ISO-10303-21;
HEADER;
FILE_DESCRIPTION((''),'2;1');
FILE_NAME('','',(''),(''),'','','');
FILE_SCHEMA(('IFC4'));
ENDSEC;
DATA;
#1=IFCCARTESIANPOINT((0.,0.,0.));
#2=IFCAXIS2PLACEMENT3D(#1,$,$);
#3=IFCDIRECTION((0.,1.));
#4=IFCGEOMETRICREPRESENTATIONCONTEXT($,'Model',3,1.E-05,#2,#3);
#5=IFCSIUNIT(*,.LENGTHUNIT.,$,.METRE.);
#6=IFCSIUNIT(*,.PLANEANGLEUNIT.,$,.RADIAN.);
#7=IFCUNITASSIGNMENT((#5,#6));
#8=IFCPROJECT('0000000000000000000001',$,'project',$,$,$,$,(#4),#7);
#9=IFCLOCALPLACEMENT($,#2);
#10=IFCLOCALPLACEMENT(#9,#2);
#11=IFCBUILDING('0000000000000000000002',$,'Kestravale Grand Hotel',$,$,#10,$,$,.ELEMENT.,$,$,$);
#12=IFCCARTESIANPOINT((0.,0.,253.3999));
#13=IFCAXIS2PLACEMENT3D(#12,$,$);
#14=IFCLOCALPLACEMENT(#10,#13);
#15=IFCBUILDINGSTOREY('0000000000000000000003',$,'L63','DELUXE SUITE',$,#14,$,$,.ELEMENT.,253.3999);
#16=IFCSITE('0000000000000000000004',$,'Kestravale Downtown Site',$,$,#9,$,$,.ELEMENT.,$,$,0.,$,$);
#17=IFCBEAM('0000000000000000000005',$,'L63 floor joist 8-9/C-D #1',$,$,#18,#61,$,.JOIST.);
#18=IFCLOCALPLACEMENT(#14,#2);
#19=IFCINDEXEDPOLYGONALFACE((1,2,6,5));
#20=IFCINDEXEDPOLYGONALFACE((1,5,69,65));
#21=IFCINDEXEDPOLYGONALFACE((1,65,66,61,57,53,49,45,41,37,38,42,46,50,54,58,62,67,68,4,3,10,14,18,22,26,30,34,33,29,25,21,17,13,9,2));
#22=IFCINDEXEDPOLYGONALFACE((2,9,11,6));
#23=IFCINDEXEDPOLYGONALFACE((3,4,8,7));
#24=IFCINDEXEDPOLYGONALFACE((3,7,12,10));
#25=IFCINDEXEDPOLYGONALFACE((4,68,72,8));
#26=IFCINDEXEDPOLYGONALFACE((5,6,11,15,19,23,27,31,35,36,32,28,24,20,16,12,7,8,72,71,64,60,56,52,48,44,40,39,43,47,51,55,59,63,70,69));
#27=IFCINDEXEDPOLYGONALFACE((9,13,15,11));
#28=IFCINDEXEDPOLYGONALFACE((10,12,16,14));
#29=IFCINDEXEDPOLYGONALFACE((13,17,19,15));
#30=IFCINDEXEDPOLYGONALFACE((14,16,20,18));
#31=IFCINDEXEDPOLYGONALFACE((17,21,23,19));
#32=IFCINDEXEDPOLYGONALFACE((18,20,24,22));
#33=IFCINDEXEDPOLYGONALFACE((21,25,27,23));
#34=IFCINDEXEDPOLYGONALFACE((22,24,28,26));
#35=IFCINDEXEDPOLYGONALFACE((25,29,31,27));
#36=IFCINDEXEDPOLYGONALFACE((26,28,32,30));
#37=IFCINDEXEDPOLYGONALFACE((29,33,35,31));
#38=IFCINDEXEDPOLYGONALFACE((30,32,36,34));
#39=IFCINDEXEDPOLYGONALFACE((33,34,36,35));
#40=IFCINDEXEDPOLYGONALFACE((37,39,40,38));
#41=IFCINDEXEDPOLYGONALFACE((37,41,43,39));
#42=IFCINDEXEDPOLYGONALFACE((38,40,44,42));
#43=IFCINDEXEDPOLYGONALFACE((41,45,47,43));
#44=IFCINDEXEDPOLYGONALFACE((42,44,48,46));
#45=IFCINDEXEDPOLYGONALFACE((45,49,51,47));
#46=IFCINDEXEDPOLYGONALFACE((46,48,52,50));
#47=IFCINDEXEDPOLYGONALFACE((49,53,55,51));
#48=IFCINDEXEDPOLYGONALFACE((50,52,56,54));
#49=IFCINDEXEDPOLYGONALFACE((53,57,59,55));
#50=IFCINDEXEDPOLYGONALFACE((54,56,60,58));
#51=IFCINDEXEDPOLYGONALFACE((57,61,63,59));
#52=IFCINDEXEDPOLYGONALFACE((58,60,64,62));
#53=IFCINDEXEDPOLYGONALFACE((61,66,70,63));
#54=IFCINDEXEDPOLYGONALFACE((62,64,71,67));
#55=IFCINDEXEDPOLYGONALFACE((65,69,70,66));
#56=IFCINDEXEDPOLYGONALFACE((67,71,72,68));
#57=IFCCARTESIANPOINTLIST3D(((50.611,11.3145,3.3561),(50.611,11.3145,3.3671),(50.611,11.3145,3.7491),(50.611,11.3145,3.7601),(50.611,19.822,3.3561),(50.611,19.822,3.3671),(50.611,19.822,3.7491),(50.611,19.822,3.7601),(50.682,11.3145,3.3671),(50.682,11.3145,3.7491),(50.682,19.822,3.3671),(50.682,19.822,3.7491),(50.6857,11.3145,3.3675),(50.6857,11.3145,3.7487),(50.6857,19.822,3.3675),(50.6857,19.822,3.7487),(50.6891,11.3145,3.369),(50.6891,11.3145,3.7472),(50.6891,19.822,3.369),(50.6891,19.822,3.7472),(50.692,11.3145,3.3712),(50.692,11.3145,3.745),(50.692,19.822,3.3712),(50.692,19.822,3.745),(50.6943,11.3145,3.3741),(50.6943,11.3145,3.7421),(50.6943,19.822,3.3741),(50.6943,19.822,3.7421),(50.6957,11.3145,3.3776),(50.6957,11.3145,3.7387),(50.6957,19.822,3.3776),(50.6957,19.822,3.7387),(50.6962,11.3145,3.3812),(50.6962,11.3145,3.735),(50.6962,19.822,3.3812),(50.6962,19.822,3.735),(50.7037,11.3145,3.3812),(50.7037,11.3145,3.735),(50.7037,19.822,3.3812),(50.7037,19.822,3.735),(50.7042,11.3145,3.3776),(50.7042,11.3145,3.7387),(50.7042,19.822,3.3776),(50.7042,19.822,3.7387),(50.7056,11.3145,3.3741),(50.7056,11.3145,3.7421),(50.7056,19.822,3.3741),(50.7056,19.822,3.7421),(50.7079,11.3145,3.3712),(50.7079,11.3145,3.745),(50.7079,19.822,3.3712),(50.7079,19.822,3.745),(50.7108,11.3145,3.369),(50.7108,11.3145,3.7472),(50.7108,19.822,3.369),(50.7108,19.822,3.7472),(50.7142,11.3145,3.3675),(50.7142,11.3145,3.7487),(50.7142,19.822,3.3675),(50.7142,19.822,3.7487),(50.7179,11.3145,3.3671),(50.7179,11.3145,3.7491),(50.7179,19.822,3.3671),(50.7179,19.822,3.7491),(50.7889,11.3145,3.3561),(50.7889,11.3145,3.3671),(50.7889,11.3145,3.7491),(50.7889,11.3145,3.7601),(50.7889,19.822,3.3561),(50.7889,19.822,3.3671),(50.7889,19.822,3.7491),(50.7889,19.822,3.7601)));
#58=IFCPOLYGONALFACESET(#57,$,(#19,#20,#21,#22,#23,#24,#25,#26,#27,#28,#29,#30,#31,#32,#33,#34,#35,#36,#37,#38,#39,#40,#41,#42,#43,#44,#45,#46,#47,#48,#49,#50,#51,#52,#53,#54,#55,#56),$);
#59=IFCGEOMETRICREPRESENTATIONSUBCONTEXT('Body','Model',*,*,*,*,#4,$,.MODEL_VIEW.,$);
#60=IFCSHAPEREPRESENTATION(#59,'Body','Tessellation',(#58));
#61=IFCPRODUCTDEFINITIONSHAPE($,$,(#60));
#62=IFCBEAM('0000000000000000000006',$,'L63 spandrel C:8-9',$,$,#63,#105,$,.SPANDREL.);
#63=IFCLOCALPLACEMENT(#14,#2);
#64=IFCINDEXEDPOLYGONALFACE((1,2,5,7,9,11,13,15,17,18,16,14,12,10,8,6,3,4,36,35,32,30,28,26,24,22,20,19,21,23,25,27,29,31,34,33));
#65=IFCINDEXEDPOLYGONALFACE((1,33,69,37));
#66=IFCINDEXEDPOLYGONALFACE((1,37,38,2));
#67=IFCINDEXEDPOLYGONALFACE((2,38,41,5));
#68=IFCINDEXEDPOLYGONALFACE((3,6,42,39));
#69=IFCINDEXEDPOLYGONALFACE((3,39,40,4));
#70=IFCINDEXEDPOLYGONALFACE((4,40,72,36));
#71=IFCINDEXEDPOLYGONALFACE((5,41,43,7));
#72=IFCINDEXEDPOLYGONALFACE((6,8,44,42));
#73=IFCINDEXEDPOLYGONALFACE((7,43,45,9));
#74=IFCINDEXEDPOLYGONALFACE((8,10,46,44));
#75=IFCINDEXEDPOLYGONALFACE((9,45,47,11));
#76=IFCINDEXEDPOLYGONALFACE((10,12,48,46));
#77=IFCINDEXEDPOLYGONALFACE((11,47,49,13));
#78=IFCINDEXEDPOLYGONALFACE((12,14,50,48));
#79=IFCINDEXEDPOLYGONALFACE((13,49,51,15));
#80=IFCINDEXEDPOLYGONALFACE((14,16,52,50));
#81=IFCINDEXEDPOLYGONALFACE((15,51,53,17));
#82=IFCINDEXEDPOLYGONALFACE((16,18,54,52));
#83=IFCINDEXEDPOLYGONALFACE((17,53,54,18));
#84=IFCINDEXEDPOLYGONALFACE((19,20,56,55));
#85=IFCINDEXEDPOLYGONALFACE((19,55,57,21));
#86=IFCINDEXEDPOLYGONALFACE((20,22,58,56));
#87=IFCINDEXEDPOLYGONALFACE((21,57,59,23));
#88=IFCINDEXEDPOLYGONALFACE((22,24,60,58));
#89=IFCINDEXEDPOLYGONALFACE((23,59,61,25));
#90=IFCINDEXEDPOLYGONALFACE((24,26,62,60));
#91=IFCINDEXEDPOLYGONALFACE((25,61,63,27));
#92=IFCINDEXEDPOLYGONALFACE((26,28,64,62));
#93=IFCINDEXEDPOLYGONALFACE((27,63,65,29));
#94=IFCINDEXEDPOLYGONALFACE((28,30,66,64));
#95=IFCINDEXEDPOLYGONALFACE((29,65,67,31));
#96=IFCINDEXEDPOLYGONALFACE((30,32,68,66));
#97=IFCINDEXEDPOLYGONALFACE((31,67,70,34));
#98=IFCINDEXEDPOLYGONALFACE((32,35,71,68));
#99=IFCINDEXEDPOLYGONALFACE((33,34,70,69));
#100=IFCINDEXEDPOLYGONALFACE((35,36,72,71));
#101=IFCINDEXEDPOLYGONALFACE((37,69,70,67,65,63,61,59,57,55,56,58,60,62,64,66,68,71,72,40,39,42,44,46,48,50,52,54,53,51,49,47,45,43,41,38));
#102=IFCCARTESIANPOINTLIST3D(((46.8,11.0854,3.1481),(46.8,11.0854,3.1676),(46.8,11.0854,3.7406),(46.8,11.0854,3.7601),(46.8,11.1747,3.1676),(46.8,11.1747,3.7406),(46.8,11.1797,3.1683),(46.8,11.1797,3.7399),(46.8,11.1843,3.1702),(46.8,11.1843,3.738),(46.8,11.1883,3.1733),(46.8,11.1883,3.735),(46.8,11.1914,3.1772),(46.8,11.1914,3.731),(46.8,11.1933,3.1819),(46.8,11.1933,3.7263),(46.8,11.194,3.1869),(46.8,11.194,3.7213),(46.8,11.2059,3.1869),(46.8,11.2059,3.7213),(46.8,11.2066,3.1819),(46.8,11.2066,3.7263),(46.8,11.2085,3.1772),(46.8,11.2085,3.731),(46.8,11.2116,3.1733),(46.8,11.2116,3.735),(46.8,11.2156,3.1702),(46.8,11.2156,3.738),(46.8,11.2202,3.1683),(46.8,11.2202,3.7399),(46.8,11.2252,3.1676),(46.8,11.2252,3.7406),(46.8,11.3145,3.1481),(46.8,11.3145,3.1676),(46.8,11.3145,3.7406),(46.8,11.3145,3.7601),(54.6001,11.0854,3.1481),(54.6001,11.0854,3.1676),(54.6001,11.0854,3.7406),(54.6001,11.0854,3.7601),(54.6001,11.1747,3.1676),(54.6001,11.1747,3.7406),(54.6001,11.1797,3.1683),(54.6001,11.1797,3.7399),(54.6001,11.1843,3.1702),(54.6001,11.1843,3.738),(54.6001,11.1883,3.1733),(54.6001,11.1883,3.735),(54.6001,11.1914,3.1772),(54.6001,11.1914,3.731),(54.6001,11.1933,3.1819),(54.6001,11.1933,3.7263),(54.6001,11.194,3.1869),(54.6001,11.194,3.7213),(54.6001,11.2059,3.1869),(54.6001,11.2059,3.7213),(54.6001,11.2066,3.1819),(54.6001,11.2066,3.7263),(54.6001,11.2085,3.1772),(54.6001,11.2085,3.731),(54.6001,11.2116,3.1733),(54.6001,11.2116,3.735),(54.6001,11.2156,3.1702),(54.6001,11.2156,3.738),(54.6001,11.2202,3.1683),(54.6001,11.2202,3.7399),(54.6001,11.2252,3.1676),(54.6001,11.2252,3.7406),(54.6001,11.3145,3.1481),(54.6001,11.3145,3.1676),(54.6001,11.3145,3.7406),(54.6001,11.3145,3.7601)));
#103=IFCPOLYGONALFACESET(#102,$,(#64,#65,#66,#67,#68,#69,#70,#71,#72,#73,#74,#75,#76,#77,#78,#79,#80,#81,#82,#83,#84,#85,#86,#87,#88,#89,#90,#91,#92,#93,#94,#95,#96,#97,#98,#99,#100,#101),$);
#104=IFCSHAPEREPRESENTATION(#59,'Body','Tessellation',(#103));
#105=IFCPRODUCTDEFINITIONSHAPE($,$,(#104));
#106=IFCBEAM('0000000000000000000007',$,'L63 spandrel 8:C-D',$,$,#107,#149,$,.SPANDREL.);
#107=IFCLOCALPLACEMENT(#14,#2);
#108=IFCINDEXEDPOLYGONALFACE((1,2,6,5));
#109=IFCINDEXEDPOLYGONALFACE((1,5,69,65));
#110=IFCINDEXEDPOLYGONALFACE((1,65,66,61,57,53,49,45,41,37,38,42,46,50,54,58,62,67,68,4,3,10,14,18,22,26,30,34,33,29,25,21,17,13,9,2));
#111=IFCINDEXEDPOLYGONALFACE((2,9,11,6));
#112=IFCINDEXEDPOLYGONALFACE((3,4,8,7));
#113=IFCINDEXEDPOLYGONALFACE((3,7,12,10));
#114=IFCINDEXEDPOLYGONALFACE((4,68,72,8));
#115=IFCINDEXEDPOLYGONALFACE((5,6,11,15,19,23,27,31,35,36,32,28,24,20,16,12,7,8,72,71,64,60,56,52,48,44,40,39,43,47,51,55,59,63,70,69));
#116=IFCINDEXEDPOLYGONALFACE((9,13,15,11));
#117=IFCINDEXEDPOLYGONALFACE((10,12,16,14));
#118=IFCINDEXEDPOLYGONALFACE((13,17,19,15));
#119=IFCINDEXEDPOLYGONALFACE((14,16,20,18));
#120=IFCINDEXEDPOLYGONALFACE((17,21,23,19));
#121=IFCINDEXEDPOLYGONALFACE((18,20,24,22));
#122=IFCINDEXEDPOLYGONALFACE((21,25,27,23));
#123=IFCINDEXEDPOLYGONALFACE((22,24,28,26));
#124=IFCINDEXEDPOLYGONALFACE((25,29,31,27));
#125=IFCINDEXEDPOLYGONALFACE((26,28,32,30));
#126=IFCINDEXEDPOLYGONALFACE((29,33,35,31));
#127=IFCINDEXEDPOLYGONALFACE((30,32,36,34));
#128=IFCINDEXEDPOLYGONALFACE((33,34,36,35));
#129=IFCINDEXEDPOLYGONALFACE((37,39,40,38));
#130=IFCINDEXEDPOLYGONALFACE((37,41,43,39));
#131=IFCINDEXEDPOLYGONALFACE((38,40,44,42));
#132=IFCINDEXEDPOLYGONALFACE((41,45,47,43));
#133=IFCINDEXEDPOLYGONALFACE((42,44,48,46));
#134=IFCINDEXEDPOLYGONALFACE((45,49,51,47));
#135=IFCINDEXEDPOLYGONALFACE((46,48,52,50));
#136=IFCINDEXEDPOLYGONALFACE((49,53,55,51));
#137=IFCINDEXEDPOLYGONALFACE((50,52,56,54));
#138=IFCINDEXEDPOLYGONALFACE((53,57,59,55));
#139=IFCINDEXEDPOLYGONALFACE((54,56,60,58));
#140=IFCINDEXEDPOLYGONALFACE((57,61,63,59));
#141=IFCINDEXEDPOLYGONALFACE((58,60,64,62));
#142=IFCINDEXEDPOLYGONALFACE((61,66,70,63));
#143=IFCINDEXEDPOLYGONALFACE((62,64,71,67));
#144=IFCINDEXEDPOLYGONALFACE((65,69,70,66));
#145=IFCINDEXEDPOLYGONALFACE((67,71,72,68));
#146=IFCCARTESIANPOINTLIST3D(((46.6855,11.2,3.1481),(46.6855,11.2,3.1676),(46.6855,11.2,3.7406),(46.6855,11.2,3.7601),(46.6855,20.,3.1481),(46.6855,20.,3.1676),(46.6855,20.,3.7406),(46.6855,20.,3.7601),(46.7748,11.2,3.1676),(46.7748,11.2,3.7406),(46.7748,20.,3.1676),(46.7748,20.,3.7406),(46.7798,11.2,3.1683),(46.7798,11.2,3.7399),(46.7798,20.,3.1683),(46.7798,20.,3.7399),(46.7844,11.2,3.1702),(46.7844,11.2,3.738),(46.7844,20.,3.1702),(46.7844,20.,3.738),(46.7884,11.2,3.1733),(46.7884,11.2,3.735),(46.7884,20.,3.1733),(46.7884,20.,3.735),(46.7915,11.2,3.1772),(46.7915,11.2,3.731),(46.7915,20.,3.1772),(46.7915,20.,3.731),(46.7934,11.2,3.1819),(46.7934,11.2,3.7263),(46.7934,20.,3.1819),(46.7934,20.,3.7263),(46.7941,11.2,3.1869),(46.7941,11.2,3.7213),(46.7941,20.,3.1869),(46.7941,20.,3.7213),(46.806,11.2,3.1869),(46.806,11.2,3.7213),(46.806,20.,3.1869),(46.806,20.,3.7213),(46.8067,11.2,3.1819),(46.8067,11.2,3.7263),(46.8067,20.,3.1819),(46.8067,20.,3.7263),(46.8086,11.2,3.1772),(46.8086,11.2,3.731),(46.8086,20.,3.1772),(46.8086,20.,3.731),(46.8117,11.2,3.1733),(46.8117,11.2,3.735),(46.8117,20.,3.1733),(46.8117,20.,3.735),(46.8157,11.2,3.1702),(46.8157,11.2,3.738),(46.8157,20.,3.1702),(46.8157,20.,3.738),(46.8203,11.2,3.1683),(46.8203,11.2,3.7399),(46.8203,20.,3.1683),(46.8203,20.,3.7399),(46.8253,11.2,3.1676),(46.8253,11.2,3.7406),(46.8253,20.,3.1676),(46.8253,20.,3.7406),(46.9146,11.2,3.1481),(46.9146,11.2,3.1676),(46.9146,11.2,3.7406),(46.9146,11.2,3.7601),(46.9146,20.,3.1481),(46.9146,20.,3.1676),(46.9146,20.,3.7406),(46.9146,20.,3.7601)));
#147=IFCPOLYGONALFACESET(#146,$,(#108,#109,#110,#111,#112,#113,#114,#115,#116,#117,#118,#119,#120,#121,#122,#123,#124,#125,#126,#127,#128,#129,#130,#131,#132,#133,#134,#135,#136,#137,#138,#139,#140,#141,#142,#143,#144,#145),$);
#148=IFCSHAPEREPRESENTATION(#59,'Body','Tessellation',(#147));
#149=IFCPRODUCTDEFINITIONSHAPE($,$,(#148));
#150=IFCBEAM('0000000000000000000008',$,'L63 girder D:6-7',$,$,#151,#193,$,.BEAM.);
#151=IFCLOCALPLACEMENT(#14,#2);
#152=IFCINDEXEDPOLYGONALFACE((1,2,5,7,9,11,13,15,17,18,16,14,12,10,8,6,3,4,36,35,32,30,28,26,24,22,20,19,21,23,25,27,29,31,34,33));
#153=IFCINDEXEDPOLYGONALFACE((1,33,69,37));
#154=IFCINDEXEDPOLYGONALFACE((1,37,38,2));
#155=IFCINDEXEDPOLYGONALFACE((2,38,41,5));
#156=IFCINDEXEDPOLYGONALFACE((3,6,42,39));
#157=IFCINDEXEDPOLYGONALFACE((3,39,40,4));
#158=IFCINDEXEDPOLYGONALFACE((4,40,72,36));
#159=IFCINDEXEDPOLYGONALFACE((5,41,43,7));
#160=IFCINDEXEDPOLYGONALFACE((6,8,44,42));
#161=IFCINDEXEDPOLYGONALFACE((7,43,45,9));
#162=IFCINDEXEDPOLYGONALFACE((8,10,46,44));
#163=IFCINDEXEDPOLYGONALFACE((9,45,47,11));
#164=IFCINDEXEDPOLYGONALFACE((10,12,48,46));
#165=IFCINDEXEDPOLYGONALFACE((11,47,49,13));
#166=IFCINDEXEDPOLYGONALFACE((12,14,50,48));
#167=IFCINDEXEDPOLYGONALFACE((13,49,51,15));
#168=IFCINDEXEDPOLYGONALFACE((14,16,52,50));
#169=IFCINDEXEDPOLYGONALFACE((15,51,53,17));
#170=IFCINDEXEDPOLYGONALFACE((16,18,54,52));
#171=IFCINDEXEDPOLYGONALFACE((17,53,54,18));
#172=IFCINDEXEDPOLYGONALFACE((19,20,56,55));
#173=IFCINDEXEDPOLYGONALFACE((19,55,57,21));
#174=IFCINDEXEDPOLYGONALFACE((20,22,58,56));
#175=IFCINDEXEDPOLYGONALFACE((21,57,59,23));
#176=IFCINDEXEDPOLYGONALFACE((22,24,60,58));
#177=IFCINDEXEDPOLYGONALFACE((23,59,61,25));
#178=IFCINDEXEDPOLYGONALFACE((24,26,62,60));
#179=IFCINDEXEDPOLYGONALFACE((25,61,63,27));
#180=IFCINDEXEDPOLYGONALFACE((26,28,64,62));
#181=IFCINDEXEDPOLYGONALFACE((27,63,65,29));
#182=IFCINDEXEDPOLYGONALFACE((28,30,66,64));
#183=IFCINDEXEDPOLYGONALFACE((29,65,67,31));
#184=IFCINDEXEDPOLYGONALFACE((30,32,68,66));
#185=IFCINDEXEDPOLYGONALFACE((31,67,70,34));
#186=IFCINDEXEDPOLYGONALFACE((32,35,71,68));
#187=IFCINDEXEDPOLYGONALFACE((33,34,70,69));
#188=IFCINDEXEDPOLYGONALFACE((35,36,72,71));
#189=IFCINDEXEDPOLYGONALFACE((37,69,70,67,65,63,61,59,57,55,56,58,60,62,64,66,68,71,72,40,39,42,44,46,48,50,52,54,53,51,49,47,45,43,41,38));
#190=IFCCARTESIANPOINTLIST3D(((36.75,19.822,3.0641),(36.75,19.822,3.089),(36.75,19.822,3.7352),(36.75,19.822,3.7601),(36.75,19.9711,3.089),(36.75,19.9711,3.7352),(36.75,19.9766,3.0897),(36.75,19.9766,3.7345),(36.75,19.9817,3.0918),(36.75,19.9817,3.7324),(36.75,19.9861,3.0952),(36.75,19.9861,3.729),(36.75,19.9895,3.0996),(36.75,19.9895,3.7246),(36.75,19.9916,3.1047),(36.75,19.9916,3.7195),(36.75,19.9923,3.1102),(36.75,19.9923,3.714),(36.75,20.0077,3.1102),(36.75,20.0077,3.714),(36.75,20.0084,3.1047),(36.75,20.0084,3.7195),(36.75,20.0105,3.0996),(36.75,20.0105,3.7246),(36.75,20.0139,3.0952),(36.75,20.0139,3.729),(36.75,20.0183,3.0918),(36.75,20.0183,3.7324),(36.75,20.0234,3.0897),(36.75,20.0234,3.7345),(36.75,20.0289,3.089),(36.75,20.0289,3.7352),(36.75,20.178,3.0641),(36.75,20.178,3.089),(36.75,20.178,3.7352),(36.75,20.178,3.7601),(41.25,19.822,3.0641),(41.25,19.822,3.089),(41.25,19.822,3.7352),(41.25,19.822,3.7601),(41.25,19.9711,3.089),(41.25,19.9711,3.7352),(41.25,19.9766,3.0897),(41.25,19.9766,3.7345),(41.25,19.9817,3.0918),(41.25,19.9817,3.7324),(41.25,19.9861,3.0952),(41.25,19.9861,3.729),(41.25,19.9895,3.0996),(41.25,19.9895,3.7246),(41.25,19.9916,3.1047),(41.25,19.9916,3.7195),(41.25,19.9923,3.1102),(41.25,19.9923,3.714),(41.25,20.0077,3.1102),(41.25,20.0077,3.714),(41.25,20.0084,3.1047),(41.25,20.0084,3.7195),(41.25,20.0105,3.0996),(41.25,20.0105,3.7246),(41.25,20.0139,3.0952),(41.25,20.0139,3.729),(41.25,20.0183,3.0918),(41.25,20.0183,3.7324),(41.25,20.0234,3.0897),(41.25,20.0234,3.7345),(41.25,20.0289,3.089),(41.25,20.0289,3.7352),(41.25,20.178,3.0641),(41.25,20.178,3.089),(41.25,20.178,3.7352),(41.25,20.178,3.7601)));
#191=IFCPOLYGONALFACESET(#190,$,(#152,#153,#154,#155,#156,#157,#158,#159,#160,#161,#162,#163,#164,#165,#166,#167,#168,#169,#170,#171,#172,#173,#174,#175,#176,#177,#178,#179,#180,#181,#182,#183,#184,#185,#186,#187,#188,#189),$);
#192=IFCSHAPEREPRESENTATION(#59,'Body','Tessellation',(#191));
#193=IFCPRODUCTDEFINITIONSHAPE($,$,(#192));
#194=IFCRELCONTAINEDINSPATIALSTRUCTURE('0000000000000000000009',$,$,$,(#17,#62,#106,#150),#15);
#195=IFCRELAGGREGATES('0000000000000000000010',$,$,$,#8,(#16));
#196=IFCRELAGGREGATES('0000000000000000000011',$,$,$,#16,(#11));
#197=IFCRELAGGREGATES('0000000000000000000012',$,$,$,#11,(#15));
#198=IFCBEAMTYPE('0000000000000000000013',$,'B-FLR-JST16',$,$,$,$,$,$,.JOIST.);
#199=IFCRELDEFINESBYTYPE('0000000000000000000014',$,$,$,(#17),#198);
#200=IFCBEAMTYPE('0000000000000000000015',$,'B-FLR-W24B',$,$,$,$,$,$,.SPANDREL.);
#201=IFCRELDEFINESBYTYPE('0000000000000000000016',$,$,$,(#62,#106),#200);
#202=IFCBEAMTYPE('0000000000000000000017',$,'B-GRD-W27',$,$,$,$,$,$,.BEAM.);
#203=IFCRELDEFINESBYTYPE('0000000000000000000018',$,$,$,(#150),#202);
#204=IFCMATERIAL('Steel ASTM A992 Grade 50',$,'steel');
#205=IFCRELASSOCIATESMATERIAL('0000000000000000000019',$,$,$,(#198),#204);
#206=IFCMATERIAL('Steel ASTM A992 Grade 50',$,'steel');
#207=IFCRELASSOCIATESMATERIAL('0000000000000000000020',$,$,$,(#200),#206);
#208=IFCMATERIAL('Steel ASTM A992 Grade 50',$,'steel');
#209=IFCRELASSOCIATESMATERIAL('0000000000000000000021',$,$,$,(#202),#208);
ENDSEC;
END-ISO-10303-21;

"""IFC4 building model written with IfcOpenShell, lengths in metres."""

from ifc_helpers import new_model, si_unit, direction, frame, origin, origin_2d, place, context, subcontext, project, spatial, i_section, extrude, material, material_profile, profile_set, type_object, element, save


model = new_model("IFC4")

# Units and contexts
model_context = context("Model", 3, precision=1e-05, world=origin(), true_north=direction((0.0, 1.0)))
body_context = subcontext(model_context, "Body", "Model", "MODEL_VIEW")
ifc_project = project(units=[si_unit("LENGTHUNIT", "METRE"), si_unit("PLANEANGLEUNIT", "RADIAN")], contexts=[model_context])

# Site, building, storey
site_placement = place(None, origin())
site = spatial("IfcSite", under=ifc_project, at=site_placement, Name="Kestravale Downtown Site", CompositionType="ELEMENT", RefElevation=0.0)
building_placement = place(site_placement, origin())
building = spatial("IfcBuilding", under=site, at=building_placement, Name="Kestravale Grand Hotel", CompositionType="ELEMENT")
storey_placement = place(building_placement, frame((0.0, 0.0, 253.3999)))
storey = spatial("IfcBuildingStorey", under=building, at=storey_placement, Name="L63", Description="DELUXE SUITE", CompositionType="ELEMENT", Elevation=253.3999)

# Beams
ifc_material_1 = material(Name="Steel ASTM A992 Grade 50", Category="steel")
ifc_material_profile_1 = material_profile(ifc_material_1, i_section(OverallWidth=0.178, OverallDepth=0.4041, WebThickness=0.0076, FlangeThickness=0.011, FilletRadius=0.0142, at=origin_2d()))
ifc_profile_set_1 = profile_set([ifc_material_profile_1], Name="Steel ASTM A992 Grade 50")
beam_type_1 = type_object("IfcBeamType", Name="B-FLR-JST16", PredefinedType="JOIST", material=ifc_profile_set_1)
beam_1_placement = place(storey_placement, frame((50.7, 11.3145, 3.5581), z_axis=(0.0, 1.0, 0.0), x_axis=(-1.0, 0.0, 0.0)))
element("IfcBeam", 1, at=beam_1_placement, inside=storey, type_object=beam_type_1, Name="L63 floor joist 8-9/C-D #1", PredefinedType="JOIST", context=body_context, shape_type="SweptSolid", body=[
    extrude(i_section(OverallWidth=0.178, OverallDepth=0.4041, WebThickness=0.0076, FlangeThickness=0.011, FilletRadius=0.0142, at=origin_2d()), origin(), (0.0, 0.0, 1.0), 8.5076),
])
ifc_material_2 = material(Name="Steel ASTM A992 Grade 50", Category="steel")
ifc_material_profile_2 = material_profile(ifc_material_2, i_section(OverallWidth=0.229, OverallDepth=0.6121, WebThickness=0.012, FlangeThickness=0.0195, FilletRadius=0.0193, at=origin_2d()))
ifc_profile_set_2 = profile_set([ifc_material_profile_2], Name="Steel ASTM A992 Grade 50")
beam_type_2 = type_object("IfcBeamType", Name="B-FLR-W24B", PredefinedType="SPANDREL", material=ifc_profile_set_2)
beam_2_placement = place(storey_placement, frame((46.8, 11.2, 3.4541), z_axis=(1.0, 0.0, 0.0), x_axis=(0.0, 1.0, 0.0)))
element("IfcBeam", 2, at=beam_2_placement, inside=storey, type_object=beam_type_2, Name="L63 spandrel C:8-9", PredefinedType="SPANDREL", context=body_context, shape_type="SweptSolid", body=[
    extrude(i_section(OverallWidth=0.229, OverallDepth=0.6121, WebThickness=0.012, FlangeThickness=0.0195, FilletRadius=0.0193, at=origin_2d()), origin(), (0.0, 0.0, 1.0), 7.8),
])
beam_3_placement = place(storey_placement, frame((46.8, 11.2, 3.4541), z_axis=(0.0, 1.0, 0.0), x_axis=(-1.0, 0.0, 0.0)))
element("IfcBeam", 3, at=beam_3_placement, inside=storey, type_object=beam_type_2, Name="L63 spandrel 8:C-D", PredefinedType="SPANDREL", context=body_context, shape_type="SweptSolid", body=[
    extrude(i_section(OverallWidth=0.229, OverallDepth=0.6121, WebThickness=0.012, FlangeThickness=0.0195, FilletRadius=0.0193, at=origin_2d()), origin(), (0.0, 0.0, 1.0), 8.8),
])
ifc_material_3 = material(Name="Steel ASTM A992 Grade 50", Category="steel")
ifc_material_profile_3 = material_profile(ifc_material_3, i_section(OverallWidth=0.356, OverallDepth=0.696, WebThickness=0.0154, FlangeThickness=0.0249, FilletRadius=0.0212, at=origin_2d()))
ifc_profile_set_3 = profile_set([ifc_material_profile_3], Name="Steel ASTM A992 Grade 50")
beam_type_3 = type_object("IfcBeamType", Name="B-GRD-W27", PredefinedType="BEAM", material=ifc_profile_set_3)
beam_4_placement = place(storey_placement, frame((36.75, 20.0, 3.4121), z_axis=(1.0, 0.0, 0.0), x_axis=(0.0, 1.0, 0.0)))
element("IfcBeam", 4, at=beam_4_placement, inside=storey, type_object=beam_type_3, Name="L63 girder D:6-7", PredefinedType="BEAM", context=body_context, shape_type="SweptSolid", body=[
    extrude(i_section(OverallWidth=0.356, OverallDepth=0.696, WebThickness=0.0154, FlangeThickness=0.0249, FilletRadius=0.0212, at=origin_2d()), origin(), (0.0, 0.0, 1.0), 4.5),
])

save(model, "model.ifc")
